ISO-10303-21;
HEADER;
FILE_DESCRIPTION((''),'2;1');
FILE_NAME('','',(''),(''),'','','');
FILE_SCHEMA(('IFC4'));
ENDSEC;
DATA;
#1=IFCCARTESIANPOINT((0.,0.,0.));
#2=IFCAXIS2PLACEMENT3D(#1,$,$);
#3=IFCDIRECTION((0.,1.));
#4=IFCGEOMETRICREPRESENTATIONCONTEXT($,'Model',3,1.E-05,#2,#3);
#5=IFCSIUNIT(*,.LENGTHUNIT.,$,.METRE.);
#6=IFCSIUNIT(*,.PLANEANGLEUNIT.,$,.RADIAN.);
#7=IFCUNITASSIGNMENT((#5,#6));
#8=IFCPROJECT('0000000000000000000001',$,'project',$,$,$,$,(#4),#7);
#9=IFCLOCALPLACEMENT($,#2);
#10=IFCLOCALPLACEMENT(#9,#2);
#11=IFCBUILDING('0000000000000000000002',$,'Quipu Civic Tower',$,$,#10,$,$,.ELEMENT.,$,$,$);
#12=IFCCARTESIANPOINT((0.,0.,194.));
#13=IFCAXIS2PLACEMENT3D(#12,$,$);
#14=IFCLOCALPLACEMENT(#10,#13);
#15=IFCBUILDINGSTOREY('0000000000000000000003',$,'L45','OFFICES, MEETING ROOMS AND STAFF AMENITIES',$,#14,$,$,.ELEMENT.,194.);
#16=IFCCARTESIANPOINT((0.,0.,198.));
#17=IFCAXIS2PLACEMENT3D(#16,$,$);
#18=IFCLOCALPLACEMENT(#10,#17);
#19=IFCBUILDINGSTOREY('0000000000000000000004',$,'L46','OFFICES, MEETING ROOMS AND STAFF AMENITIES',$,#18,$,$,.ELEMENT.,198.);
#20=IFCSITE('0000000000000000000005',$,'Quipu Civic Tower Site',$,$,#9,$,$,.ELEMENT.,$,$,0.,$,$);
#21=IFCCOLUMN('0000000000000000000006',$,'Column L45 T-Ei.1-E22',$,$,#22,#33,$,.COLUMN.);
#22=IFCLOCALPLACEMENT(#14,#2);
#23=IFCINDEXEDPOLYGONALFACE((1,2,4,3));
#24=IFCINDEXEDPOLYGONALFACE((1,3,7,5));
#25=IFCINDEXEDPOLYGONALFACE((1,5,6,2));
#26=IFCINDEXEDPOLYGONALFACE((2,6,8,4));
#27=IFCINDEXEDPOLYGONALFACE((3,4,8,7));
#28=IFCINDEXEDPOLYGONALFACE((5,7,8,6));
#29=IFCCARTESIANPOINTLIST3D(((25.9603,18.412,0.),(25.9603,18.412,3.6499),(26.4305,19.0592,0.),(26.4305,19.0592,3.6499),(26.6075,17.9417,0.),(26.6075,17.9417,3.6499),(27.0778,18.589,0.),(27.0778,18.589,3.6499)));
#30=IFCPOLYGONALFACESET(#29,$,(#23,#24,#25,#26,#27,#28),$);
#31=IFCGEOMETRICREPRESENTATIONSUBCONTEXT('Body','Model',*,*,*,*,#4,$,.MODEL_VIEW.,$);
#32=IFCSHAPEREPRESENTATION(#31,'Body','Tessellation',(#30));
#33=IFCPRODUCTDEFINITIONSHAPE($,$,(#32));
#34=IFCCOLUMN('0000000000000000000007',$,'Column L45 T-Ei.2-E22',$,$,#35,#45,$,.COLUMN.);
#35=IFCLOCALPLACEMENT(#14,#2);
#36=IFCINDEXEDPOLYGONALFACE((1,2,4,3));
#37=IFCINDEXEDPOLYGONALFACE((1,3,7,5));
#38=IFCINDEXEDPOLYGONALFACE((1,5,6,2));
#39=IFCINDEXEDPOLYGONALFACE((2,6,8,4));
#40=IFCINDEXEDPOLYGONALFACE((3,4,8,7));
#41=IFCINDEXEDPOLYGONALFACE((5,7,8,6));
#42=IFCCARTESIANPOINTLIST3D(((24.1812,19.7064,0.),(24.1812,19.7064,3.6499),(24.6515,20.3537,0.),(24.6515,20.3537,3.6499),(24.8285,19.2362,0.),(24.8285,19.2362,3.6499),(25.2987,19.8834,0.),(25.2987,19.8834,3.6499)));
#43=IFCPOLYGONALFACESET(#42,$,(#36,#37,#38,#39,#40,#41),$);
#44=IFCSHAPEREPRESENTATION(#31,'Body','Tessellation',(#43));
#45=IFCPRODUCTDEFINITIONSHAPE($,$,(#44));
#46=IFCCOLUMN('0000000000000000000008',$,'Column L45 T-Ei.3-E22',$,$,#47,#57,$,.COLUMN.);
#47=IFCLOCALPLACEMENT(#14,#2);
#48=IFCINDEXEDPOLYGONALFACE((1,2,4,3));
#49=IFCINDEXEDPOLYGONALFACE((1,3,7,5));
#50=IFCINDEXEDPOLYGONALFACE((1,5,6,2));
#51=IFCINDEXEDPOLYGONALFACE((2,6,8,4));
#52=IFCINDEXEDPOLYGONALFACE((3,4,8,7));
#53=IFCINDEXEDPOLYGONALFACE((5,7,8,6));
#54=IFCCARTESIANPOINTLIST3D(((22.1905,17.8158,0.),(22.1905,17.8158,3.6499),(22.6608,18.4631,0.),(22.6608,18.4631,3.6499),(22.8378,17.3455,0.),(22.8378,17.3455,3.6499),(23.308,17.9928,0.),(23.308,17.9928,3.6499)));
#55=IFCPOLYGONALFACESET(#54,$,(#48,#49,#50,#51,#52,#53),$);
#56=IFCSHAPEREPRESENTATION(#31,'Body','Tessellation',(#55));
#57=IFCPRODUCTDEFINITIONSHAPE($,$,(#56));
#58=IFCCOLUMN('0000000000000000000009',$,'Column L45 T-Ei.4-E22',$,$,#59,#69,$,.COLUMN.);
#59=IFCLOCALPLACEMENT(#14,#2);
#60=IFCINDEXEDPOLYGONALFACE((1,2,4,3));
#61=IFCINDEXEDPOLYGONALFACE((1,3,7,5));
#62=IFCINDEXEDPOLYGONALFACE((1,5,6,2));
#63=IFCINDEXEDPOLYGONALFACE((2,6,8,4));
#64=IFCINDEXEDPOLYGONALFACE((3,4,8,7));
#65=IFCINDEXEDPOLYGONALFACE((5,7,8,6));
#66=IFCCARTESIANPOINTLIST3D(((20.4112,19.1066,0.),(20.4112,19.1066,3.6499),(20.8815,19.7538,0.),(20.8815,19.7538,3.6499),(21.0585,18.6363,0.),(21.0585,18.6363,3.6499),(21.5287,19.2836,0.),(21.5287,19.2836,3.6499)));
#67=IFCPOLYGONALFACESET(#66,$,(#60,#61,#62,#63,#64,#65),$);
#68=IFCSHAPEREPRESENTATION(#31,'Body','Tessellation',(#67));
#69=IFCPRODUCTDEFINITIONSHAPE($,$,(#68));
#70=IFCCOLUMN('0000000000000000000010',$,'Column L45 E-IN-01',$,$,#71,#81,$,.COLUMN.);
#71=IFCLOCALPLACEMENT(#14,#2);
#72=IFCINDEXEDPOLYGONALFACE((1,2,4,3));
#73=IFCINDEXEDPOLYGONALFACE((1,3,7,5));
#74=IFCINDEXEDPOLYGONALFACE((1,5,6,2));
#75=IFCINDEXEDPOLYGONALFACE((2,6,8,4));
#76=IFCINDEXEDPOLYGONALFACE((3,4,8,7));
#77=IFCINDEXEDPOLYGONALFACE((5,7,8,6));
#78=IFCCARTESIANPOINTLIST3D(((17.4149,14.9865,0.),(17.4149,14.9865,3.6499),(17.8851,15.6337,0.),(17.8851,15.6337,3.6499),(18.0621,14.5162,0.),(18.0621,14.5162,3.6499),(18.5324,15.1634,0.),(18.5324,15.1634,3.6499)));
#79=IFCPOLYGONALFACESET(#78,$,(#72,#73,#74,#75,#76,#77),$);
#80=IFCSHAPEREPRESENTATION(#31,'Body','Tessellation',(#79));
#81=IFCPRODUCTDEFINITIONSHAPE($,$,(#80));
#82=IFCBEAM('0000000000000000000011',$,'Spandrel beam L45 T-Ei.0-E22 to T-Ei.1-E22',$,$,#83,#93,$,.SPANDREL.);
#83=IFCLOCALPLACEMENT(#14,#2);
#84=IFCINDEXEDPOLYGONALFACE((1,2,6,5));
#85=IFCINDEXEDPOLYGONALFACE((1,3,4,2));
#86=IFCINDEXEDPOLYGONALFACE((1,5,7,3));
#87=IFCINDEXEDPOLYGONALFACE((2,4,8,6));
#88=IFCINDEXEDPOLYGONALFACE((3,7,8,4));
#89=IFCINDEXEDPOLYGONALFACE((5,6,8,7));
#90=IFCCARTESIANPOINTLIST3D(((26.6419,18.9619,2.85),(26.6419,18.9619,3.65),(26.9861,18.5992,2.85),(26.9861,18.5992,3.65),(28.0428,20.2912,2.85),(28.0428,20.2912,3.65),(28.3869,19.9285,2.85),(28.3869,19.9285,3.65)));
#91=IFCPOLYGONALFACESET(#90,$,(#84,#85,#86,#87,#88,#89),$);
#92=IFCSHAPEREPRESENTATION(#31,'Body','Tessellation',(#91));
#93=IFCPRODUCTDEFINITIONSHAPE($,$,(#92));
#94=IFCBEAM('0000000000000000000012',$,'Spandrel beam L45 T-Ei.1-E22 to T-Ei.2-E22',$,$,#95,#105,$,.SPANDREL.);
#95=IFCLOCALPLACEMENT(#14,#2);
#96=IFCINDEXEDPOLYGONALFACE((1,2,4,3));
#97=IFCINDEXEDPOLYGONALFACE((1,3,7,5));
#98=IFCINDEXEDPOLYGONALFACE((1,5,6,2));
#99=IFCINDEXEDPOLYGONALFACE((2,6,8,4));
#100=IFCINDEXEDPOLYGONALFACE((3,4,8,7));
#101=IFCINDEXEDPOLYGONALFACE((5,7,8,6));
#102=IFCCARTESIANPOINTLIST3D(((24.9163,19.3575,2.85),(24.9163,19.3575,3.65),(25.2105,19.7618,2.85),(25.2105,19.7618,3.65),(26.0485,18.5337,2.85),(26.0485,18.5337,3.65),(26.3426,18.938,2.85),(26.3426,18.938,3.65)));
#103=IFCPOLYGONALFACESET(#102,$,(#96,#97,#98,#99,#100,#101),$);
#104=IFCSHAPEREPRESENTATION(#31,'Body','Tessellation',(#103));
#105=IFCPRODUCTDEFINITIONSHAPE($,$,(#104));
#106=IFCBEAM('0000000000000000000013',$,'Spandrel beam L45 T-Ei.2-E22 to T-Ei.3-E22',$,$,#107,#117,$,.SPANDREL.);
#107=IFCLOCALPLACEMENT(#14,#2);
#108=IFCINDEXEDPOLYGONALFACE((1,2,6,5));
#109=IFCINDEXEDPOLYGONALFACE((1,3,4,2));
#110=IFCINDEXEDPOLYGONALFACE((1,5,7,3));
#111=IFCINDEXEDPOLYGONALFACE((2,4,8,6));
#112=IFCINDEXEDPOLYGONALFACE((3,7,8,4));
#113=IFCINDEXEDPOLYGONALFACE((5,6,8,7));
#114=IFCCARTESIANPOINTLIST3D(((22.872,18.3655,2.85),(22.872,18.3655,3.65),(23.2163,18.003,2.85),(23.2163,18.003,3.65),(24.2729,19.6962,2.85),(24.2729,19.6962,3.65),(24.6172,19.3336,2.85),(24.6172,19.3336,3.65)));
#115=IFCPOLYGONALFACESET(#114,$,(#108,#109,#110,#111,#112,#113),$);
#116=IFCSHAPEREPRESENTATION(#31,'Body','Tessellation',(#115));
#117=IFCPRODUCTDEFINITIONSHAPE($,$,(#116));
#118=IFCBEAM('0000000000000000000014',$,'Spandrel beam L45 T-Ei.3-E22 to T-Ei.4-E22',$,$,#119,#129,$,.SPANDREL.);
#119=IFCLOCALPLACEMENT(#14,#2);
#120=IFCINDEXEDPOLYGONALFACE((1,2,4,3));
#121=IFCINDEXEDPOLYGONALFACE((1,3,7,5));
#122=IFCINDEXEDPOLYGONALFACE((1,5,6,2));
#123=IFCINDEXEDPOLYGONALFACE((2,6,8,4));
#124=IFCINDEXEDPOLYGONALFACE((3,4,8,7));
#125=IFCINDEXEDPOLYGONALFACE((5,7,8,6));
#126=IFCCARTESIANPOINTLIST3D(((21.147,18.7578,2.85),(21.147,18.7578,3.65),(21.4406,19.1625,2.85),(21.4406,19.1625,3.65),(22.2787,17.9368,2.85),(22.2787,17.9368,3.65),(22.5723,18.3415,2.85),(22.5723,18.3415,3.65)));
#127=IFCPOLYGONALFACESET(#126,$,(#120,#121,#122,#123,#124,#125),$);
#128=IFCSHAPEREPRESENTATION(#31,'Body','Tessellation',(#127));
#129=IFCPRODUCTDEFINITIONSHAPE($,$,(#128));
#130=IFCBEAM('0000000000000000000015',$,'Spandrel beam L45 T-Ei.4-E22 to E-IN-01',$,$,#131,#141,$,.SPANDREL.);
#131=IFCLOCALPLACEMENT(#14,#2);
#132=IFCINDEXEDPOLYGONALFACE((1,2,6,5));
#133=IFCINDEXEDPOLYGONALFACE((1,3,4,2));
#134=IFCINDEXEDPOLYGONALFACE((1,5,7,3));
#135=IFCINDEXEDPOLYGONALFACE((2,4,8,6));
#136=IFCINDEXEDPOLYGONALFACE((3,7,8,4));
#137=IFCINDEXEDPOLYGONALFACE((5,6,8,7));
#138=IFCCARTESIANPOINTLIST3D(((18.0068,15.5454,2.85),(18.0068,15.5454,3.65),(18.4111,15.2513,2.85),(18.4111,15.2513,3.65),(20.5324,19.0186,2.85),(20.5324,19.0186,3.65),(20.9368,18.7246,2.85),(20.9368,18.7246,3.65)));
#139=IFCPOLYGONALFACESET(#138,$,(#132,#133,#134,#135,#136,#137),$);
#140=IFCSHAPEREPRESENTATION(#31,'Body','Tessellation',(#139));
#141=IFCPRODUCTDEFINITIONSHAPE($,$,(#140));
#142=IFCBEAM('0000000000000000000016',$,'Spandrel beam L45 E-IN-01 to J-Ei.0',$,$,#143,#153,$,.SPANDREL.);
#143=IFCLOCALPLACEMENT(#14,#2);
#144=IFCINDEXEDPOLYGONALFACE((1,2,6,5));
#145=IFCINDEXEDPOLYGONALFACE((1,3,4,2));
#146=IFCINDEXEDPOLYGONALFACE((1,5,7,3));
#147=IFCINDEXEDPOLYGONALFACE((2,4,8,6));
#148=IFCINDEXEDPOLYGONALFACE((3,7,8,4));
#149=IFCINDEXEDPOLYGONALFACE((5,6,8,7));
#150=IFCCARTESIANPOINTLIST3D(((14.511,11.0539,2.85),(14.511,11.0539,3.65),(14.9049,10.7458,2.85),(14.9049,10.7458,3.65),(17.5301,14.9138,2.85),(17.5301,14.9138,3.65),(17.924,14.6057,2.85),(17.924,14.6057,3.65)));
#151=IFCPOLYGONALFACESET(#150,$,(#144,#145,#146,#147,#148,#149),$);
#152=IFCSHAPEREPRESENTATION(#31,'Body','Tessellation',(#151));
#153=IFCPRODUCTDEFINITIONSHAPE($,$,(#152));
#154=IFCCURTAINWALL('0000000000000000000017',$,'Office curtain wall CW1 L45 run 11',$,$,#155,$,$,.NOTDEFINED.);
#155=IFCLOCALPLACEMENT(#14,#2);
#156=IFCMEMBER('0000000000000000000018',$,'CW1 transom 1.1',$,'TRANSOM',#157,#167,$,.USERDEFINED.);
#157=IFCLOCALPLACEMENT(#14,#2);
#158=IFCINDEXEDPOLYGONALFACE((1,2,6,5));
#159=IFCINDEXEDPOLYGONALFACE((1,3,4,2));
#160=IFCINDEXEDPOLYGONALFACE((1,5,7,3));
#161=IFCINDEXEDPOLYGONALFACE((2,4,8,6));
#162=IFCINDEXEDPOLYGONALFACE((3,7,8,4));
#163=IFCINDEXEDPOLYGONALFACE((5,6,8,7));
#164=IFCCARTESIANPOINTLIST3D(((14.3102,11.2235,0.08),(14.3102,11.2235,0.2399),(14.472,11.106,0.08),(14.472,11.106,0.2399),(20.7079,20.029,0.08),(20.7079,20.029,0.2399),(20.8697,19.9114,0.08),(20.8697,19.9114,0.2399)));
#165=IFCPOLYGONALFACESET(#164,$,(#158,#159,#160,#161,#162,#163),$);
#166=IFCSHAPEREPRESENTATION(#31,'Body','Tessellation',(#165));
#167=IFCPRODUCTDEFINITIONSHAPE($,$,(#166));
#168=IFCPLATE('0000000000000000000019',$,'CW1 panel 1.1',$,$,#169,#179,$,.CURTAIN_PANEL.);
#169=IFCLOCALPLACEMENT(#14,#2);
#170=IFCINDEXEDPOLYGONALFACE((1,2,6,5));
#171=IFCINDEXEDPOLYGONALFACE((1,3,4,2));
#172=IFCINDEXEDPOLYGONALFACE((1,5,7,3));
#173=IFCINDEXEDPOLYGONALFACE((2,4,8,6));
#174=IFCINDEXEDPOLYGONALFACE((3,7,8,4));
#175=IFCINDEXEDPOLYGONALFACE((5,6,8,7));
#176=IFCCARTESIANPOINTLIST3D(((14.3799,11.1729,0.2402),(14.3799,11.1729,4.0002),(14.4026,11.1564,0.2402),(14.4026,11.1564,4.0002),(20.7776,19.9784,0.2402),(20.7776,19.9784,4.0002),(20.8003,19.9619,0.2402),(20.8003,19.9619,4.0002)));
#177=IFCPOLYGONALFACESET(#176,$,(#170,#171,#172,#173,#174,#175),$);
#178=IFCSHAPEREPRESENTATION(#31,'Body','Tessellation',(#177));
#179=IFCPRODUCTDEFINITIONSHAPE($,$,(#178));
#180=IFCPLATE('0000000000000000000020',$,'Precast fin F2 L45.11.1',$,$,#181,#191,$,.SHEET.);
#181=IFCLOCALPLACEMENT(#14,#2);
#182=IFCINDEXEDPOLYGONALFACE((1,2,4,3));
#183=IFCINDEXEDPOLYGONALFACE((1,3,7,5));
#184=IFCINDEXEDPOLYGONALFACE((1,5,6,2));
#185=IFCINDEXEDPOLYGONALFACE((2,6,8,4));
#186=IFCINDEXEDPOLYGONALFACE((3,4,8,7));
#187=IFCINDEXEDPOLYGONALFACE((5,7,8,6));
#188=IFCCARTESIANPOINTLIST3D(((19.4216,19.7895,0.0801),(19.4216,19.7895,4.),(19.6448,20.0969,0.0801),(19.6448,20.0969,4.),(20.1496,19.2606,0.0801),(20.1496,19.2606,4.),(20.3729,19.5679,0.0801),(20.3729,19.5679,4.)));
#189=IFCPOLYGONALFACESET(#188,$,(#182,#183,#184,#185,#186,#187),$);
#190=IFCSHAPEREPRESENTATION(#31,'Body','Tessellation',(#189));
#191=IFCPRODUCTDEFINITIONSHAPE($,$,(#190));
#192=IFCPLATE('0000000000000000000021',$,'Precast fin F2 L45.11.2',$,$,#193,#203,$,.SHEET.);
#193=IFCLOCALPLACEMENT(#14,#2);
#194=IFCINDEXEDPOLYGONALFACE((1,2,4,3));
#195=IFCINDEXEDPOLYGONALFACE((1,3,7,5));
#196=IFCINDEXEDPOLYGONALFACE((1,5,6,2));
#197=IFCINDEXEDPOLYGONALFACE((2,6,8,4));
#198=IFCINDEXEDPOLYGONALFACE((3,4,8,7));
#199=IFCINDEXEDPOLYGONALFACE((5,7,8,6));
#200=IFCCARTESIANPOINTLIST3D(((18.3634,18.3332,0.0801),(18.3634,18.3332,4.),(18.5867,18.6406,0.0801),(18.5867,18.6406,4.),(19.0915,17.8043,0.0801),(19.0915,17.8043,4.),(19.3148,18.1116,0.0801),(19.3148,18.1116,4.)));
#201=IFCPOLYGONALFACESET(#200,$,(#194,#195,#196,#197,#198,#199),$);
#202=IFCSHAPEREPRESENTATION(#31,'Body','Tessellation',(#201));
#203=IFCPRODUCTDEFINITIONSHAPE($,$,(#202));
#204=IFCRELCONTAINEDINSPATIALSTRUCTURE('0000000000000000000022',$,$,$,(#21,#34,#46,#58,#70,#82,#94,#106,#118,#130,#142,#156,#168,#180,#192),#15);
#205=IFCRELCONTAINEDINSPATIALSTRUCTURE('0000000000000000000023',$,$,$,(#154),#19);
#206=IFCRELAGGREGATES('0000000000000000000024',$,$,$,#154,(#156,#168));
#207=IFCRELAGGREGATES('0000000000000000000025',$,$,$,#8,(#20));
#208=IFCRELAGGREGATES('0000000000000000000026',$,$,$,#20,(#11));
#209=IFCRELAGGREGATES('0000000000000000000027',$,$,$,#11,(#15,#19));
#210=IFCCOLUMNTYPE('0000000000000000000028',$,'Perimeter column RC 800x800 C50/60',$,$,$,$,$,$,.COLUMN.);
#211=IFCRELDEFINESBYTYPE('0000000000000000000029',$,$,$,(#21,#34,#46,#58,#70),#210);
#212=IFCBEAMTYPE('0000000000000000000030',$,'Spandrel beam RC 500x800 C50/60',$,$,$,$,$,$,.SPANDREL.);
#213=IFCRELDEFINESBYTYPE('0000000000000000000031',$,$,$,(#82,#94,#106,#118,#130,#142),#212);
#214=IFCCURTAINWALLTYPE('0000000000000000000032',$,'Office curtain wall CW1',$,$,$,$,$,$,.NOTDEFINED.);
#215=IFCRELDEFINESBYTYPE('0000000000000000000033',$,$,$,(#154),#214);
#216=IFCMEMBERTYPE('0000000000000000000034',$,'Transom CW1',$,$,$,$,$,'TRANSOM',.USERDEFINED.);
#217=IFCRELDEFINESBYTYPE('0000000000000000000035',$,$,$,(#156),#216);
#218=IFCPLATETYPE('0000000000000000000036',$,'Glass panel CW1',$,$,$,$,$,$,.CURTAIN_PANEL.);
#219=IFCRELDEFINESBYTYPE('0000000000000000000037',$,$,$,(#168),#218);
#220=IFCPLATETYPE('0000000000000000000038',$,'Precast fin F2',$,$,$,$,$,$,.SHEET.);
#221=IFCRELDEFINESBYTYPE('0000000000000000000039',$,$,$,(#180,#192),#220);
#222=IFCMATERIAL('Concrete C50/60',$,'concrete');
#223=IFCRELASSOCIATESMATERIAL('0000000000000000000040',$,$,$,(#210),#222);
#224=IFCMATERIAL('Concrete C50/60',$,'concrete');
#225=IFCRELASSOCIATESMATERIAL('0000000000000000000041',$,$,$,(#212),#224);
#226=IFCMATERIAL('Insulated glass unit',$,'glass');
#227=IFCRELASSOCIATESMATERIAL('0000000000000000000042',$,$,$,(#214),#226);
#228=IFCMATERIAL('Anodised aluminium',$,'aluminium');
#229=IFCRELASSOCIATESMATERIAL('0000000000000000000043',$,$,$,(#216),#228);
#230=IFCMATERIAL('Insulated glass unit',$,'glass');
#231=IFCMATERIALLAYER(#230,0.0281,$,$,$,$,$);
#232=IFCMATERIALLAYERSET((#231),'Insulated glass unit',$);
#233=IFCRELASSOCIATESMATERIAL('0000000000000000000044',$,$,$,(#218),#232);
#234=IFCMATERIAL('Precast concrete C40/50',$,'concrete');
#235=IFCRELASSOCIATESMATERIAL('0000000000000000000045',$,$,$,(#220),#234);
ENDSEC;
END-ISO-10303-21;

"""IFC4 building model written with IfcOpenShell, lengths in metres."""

from ifc_helpers import new_model, si_unit, direction, frame, origin, origin_2d, place, context, subcontext, project, spatial, rectangle, extrude, material, layer, layer_set, material_profile, profile_set, type_object, element, aggregate, save


model = new_model("IFC4")

# Units and contexts
model_context = context("Model", 3, precision=1e-05, world=origin(), true_north=direction((0.0, 1.0)))
body_context = subcontext(model_context, "Body", "Model", "MODEL_VIEW")
ifc_project = project(units=[si_unit("LENGTHUNIT", "METRE"), si_unit("PLANEANGLEUNIT", "RADIAN")], contexts=[model_context])

# Site, building, storey
site_placement = place(None, origin())
site = spatial("IfcSite", under=ifc_project, at=site_placement, Name="Quipu Civic Tower Site", CompositionType="ELEMENT", RefElevation=0.0)
building_placement = place(site_placement, origin())
building = spatial("IfcBuilding", under=site, at=building_placement, Name="Quipu Civic Tower", CompositionType="ELEMENT")
storey_1_placement = place(building_placement, frame((0.0, 0.0, 194.0)))
storey_1 = spatial("IfcBuildingStorey", under=building, at=storey_1_placement, Name="L45", Description="OFFICES, MEETING ROOMS AND STAFF AMENITIES", CompositionType="ELEMENT", Elevation=194.0)

# Columns
ifc_material_1 = material(Name="Concrete C50/60", Category="concrete")
ifc_material_profile_1 = material_profile(ifc_material_1, rectangle(XDim=0.8, YDim=0.8, at=origin_2d()), Name="RC800x800")
ifc_profile_set_1 = profile_set([ifc_material_profile_1], Name="Concrete C50/60")
column_type = type_object("IfcColumnType", Name="Perimeter column RC 800x800 C50/60", PredefinedType="COLUMN", material=ifc_profile_set_1)
for number, where, z_axis, x_axis, name in (
    (1, (26.519, 18.5005, 0.0), (0.0, 0.0, 1.0), (-0.809017, 0.587785, 0.0), "Column L45 T-Ei.1-E22"),
    (2, (24.74, 19.7949, 0.0), (0.0, 0.0, 1.0), (-0.587785, -0.809017, 0.0), "Column L45 T-Ei.2-E22"),
    (3, (22.7493, 17.9043, 0.0), (0.0, 0.0, 1.0), (-0.587785, -0.809017, 0.0), "Column L45 T-Ei.3-E22"),
    (4, (20.97, 19.1951, 0.0), (0.0, 0.0, 1.0), (-0.587785, -0.809017, 0.0), "Column L45 T-Ei.4-E22"),
    (5, (17.9736, 15.075, 0.0), (0.0, 0.0, 1.0), (-0.587785, -0.809017, 0.0), "Column L45 E-IN-01"),
):
    element("IfcColumn", number, at=place(storey_1_placement, frame(where, z_axis=z_axis, x_axis=x_axis)), inside=storey_1, type_object=column_type, Name=name, PredefinedType="COLUMN", context=body_context, shape_type="SweptSolid", body=[
        extrude(rectangle(XDim=0.8, YDim=0.8, at=origin_2d()), origin(), (0.0, 0.0, 1.0), 3.6499),
    ])

# Beams
ifc_material_2 = material(Name="Concrete C50/60", Category="concrete")
ifc_material_profile_2 = material_profile(ifc_material_2, rectangle(XDim=0.5, YDim=0.8, at=origin_2d()), Name="RC500x800")
ifc_profile_set_2 = profile_set([ifc_material_profile_2], Name="Concrete C50/60")
beam_type = type_object("IfcBeamType", Name="Spandrel beam RC 500x800 C50/60", PredefinedType="SPANDREL", material=ifc_profile_set_2)
beam_1_placement = place(storey_1_placement, frame((28.2148, 20.1099, 3.25), z_axis=(-0.725384, -0.688344, 0.0), x_axis=(0.688344, -0.725384, 0.0)))
element("IfcBeam", 6, at=beam_1_placement, inside=storey_1, type_object=beam_type, Name="Spandrel beam L45 T-Ei.0-E22 to T-Ei.1-E22", PredefinedType="SPANDREL", context=body_context, shape_type="SweptSolid", body=[
    extrude(rectangle(XDim=0.5, YDim=0.8, at=origin_2d()), origin(), (0.0, 0.0, 1.0), 1.9312),
])
beam_2_placement = place(storey_1_placement, frame((26.1956, 18.7358, 3.25), z_axis=(-0.8086, 0.588358, 0.0), x_axis=(-0.588358, -0.8086, 0.0)))
element("IfcBeam", 7, at=beam_2_placement, inside=storey_1, type_object=beam_type, Name="Spandrel beam L45 T-Ei.1-E22 to T-Ei.2-E22", PredefinedType="SPANDREL", context=body_context, shape_type="SweptSolid", body=[
    extrude(rectangle(XDim=0.5, YDim=0.8, at=origin_2d()), origin(), (0.0, 0.0, 1.0), 1.4001),
])
beam_3_placement = place(storey_1_placement, frame((24.4451, 19.5149, 3.25), z_axis=(-0.725069, -0.688676, 0.0), x_axis=(0.688676, -0.725069, 0.0)))
element("IfcBeam", 8, at=beam_3_placement, inside=storey_1, type_object=beam_type, Name="Spandrel beam L45 T-Ei.2-E22 to T-Ei.3-E22", PredefinedType="SPANDREL", context=body_context, shape_type="SweptSolid", body=[
    extrude(rectangle(XDim=0.5, YDim=0.8, at=origin_2d()), origin(), (0.0, 0.0, 1.0), 1.9321),
])
beam_4_placement = place(storey_1_placement, frame((22.4255, 18.1392, 3.25), z_axis=(-0.809453, 0.587185, 0.0), x_axis=(-0.587185, -0.809453, 0.0)))
element("IfcBeam", 9, at=beam_4_placement, inside=storey_1, type_object=beam_type, Name="Spandrel beam L45 T-Ei.3-E22 to T-Ei.4-E22", PredefinedType="SPANDREL", context=body_context, shape_type="SweptSolid", body=[
    extrude(rectangle(XDim=0.5, YDim=0.8, at=origin_2d()), origin(), (0.0, 0.0, 1.0), 1.3982),
])
beam_5_placement = place(storey_1_placement, frame((20.7346, 18.8716, 3.25), z_axis=(-0.588128, -0.808768, 0.0), x_axis=(0.808768, -0.588128, 0.0)))
element("IfcBeam", 10, at=beam_5_placement, inside=storey_1, type_object=beam_type, Name="Spandrel beam L45 T-Ei.4-E22 to E-IN-01", PredefinedType="SPANDREL", context=body_context, shape_type="SweptSolid", body=[
    extrude(rectangle(XDim=0.5, YDim=0.8, at=origin_2d()), origin(), (0.0, 0.0, 1.0), 4.2944),
])
beam_6_placement = place(storey_1_placement, frame((17.7271, 14.7598, 3.25), z_axis=(-0.616091, -0.787675, 0.0), x_axis=(0.787675, -0.616091, 0.0)))
element("IfcBeam", 11, at=beam_6_placement, inside=storey_1, type_object=beam_type, Name="Spandrel beam L45 E-IN-01 to J-Ei.0", PredefinedType="SPANDREL", context=body_context, shape_type="SweptSolid", body=[
    extrude(rectangle(XDim=0.5, YDim=0.8, at=origin_2d()), origin(), (0.0, 0.0, 1.0), 4.9004),
])

# Shared definitions
storey_2_placement = place(building_placement, frame((0.0, 0.0, 198.0)))
storey_2 = spatial("IfcBuildingStorey", under=building, at=storey_2_placement, Name="L46", Description="OFFICES, MEETING ROOMS AND STAFF AMENITIES", CompositionType="ELEMENT", Elevation=198.0)

# Curtain wall, member, plate
ifc_material_3 = material(Name="Insulated glass unit", Category="glass")
curtain_wall_type = type_object("IfcCurtainWallType", Name="Office curtain wall CW1", PredefinedType="NOTDEFINED", material=ifc_material_3)
curtain_wall_placement = place(storey_2_placement, origin())
curtain_wall = element("IfcCurtainWall", 12, at=curtain_wall_placement, inside=storey_2, type_object=curtain_wall_type, Name="Office curtain wall CW1 L45 run 11", PredefinedType="NOTDEFINED")
ifc_material_4 = material(Name="Anodised aluminium", Category="aluminium")
ifc_material_profile_3 = material_profile(ifc_material_4, rectangle(XDim=0.2, YDim=0.1599, at=origin_2d()), Name="RECT 200x160")
ifc_profile_set_3 = profile_set([ifc_material_profile_3], Name="Anodised aluminium")
member_type = type_object("IfcMemberType", Name="Transom CW1", ElementType="TRANSOM", PredefinedType="USERDEFINED", material=ifc_profile_set_3)
member_placement = place(storey_1_placement, frame((20.7888, 19.9702, 0.1599), z_axis=(-0.587797, -0.809009, 0.0), x_axis=(0.809009, -0.587797, 0.0)))
member = element("IfcMember", 13, at=member_placement, inside=storey_1, type_object=member_type, Name="CW1 transom 1.1", ObjectType="TRANSOM", PredefinedType="USERDEFINED", context=body_context, shape_type="SweptSolid", body=[
    extrude(rectangle(XDim=0.2, YDim=0.1599, at=origin_2d()), origin(), (0.0, 0.0, 1.0), 10.8843),
])
ifc_material_5 = material(Name="Insulated glass unit", Category="glass")
ifc_layer_1 = layer(ifc_material_5, 0.0281)
ifc_layer_set_1 = layer_set([ifc_layer_1], Name="Insulated glass unit")
plate_type_1 = type_object("IfcPlateType", Name="Glass panel CW1", PredefinedType="CURTAIN_PANEL", material=ifc_layer_set_1)
plate_placement = place(storey_1_placement, frame((17.5901, 15.5674, 0.2402), z_axis=(0.0, 0.0, 1.0), x_axis=(-0.587788, -0.809015, 0.0)))
plate = element("IfcPlate", 14, at=plate_placement, inside=storey_1, type_object=plate_type_1, Name="CW1 panel 1.1", PredefinedType="CURTAIN_PANEL", context=body_context, shape_type="SweptSolid", body=[
    extrude(rectangle(XDim=10.8843, YDim=0.0281, at=origin_2d()), origin(), (0.0, 0.0, 1.0), 3.76),
])
aggregate(curtain_wall, [member, plate])

# Plates
ifc_material_6 = material(Name="Precast concrete C40/50", Category="concrete")
plate_type_2 = type_object("IfcPlateType", Name="Precast fin F2", PredefinedType="SHEET", material=ifc_material_6)
for number, where, z_axis, x_axis, name in (
    (15, (19.8972, 19.6787, 0.0801), (0.0, 0.0, 1.0), (-0.587784, -0.809018, 0.0), "Precast fin F2 L45.11.1"),
    (16, (18.8391, 18.2224, 0.0801), (0.0, 0.0, 1.0), (-0.587784, -0.809018, 0.0), "Precast fin F2 L45.11.2"),
):
    element("IfcPlate", number, at=place(storey_1_placement, frame(where, z_axis=z_axis, x_axis=x_axis)), inside=storey_1, type_object=plate_type_2, Name=name, PredefinedType="SHEET", context=body_context, shape_type="SweptSolid", body=[
        extrude(rectangle(XDim=0.3799, YDim=0.8999, at=origin_2d()), origin(), (0.0, 0.0, 1.0), 3.9199),
    ])

save(model, "model.ifc")
